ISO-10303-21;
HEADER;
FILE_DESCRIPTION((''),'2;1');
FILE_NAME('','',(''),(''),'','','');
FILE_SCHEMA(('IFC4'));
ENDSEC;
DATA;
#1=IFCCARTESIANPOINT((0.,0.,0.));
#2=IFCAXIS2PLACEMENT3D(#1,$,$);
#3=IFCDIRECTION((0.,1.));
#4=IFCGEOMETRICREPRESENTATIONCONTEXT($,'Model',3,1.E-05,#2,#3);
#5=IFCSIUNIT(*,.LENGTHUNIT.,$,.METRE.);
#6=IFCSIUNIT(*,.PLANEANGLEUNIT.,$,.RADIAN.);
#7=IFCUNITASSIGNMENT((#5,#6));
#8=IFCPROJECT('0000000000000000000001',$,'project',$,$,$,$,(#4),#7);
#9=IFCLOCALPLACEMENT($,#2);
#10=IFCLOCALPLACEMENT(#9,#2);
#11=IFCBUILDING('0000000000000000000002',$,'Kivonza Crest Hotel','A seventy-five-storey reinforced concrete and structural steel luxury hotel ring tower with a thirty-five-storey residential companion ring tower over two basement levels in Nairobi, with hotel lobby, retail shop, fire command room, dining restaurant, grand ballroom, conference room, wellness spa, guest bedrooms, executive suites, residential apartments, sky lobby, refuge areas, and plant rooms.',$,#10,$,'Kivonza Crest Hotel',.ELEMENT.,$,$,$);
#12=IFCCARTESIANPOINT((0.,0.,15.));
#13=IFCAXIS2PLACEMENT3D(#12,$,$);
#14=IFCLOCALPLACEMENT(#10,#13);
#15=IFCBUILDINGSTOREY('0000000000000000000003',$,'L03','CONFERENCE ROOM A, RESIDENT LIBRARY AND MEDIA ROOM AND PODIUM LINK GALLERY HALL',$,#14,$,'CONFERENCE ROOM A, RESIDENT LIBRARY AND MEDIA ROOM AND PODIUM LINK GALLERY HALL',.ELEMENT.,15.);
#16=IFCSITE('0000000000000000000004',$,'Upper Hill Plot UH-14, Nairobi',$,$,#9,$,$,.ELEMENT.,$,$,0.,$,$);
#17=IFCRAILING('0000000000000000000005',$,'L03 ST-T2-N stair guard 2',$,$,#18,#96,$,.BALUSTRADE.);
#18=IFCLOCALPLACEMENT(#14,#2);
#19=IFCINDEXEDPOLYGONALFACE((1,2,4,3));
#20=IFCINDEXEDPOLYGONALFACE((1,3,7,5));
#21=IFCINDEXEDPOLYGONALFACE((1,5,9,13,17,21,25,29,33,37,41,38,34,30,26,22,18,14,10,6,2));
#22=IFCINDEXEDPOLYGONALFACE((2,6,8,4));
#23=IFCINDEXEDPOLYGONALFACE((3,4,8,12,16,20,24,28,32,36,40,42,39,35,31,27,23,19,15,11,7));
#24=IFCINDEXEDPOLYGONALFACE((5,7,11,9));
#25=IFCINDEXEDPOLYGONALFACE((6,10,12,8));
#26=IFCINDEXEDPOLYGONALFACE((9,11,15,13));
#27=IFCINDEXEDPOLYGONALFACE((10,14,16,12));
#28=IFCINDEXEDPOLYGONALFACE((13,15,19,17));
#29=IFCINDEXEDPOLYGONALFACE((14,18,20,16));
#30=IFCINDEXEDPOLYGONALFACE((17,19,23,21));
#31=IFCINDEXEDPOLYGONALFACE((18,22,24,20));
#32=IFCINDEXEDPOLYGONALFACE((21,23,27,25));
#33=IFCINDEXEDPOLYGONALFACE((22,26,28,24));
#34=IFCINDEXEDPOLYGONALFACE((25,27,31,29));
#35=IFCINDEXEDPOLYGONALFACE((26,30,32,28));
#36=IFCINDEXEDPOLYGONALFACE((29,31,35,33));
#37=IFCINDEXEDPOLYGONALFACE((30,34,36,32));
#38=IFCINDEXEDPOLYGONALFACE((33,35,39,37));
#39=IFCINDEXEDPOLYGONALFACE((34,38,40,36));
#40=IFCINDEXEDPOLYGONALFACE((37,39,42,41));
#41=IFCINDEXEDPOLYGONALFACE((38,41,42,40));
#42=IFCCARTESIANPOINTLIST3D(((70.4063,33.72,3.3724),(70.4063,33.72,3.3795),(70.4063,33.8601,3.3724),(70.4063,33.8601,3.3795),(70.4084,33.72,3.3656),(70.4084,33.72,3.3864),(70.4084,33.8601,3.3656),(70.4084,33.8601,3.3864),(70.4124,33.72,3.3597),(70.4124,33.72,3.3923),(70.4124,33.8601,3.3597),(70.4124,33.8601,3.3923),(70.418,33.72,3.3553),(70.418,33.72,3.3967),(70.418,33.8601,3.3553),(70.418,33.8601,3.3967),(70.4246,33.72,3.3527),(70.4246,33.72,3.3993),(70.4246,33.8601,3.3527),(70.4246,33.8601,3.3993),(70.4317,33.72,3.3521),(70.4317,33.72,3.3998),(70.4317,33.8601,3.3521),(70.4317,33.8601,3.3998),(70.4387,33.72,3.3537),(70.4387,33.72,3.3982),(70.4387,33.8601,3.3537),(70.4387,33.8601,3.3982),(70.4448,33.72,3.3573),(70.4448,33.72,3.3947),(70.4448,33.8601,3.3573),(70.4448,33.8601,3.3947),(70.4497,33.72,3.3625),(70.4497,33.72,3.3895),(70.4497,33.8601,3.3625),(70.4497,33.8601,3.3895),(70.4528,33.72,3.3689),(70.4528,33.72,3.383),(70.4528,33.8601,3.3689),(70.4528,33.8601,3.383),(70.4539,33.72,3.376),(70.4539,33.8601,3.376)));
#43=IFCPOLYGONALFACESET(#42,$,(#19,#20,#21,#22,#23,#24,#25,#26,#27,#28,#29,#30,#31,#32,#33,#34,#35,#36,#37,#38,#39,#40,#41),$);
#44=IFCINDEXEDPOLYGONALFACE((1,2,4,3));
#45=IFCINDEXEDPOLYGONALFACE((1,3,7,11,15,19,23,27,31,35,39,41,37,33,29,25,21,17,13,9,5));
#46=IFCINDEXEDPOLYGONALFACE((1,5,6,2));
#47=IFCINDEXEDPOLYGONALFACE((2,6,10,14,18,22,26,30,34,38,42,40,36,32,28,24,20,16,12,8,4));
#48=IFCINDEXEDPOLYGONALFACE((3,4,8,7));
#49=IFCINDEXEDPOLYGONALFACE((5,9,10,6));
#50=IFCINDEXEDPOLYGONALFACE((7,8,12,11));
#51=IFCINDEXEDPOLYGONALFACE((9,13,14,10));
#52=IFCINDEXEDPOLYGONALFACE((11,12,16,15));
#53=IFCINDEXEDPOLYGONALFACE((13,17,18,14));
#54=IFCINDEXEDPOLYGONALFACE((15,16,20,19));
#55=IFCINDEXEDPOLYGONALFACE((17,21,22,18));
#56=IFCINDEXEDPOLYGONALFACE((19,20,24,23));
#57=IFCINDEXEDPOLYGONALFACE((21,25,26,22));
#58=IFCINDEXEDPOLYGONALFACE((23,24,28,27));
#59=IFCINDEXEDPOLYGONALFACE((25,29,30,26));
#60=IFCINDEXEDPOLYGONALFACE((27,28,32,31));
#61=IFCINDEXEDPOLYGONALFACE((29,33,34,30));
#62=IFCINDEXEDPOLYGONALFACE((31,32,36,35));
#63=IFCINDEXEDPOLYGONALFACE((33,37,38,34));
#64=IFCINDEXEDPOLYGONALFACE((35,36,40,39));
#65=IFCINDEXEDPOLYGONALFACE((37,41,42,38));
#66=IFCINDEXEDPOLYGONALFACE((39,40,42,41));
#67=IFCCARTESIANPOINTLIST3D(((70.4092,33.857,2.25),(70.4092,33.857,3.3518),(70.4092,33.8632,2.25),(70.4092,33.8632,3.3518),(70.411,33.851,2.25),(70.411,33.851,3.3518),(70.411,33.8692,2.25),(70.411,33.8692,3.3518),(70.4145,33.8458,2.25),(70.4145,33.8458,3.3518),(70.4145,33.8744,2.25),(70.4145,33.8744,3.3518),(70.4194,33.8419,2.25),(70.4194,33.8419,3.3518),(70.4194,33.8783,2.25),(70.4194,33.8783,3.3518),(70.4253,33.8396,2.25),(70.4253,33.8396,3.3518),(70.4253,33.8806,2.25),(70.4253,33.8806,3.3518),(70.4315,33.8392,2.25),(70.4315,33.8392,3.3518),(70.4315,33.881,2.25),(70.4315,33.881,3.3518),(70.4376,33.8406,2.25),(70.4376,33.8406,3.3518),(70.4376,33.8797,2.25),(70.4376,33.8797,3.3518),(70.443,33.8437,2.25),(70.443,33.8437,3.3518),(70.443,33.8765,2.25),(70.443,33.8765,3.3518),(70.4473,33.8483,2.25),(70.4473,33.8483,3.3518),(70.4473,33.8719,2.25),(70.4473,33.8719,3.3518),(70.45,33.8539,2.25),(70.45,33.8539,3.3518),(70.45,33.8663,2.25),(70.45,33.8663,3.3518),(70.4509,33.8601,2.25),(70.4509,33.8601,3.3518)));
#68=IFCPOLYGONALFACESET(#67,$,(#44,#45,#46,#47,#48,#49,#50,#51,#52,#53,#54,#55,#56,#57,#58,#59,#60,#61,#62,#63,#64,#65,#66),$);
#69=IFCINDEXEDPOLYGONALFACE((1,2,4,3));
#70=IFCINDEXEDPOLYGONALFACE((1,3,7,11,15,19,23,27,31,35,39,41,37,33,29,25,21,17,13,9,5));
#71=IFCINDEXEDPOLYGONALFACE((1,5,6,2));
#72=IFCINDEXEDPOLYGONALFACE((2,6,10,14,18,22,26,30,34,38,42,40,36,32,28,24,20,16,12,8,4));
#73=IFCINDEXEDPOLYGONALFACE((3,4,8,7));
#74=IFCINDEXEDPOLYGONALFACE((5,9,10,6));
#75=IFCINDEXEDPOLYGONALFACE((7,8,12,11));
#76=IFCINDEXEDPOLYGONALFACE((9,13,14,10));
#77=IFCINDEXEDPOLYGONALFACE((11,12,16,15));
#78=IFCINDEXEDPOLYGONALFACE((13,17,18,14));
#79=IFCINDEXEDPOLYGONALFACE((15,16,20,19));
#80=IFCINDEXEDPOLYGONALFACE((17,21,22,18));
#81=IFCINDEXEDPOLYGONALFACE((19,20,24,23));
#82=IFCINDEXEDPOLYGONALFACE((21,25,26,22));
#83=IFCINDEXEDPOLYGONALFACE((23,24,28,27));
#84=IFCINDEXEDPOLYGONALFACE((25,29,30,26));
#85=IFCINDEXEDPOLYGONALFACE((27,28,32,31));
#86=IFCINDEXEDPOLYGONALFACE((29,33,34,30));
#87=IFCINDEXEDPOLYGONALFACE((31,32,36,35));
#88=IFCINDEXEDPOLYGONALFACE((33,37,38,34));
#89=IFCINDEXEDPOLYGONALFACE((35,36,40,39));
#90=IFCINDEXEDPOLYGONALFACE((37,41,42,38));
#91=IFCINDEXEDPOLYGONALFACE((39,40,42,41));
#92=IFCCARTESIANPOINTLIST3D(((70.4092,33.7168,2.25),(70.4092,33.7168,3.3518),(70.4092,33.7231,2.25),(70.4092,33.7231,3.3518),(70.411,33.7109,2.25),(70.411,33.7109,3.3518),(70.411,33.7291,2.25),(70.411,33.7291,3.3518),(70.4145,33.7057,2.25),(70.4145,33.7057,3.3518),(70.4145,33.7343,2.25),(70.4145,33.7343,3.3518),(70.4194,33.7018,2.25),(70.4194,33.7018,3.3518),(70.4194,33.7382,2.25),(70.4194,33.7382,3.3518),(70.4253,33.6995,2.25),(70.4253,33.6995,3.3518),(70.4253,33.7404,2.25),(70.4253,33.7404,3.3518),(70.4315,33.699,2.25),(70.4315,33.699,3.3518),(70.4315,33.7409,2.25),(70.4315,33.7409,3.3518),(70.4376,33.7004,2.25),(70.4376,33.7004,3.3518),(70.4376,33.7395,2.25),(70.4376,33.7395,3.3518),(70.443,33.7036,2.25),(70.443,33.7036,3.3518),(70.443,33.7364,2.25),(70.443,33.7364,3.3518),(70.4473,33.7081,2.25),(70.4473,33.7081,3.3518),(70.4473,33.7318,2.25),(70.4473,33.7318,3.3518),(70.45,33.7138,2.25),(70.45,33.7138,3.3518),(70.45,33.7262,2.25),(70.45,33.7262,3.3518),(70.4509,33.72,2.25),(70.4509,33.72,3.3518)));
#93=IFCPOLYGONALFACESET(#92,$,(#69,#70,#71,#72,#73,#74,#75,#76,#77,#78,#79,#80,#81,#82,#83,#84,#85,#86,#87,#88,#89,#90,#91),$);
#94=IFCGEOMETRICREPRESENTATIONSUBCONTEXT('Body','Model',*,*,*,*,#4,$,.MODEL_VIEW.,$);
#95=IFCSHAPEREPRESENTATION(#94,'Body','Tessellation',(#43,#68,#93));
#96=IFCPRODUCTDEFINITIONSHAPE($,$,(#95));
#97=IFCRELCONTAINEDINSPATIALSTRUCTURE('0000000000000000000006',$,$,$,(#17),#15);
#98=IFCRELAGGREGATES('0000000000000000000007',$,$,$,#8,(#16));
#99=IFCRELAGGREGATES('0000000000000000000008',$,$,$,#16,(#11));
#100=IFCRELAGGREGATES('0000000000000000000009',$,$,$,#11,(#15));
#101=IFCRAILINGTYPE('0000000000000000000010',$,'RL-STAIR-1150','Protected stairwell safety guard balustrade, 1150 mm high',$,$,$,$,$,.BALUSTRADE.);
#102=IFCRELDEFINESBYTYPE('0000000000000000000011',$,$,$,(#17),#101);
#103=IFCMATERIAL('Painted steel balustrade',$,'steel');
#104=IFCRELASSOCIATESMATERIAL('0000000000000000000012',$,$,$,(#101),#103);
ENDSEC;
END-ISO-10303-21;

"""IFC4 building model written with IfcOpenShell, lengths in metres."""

from ifc_helpers import new_model, si_unit, direction, frame, origin, origin_2d, place, context, subcontext, project, spatial, circle, extrude, material, type_object, element, save


model = new_model("IFC4")

# Units and contexts
model_context = context("Model", 3, precision=1e-05, world=origin(), true_north=direction((0.0, 1.0)))
body_context = subcontext(model_context, "Body", "Model", "MODEL_VIEW")
ifc_project = project(units=[si_unit("LENGTHUNIT", "METRE"), si_unit("PLANEANGLEUNIT", "RADIAN")], contexts=[model_context])

# Site, building, storey
site_placement = place(None, origin())
site = spatial("IfcSite", under=ifc_project, at=site_placement, Name="Upper Hill Plot UH-14, Nairobi", CompositionType="ELEMENT", RefElevation=0.0)
building_placement = place(site_placement, origin())
building = spatial("IfcBuilding", under=site, at=building_placement, Name="Kivonza Crest Hotel", Description="A seventy-five-storey reinforced concrete and structural steel luxury hotel ring tower with a thirty-five-storey residential companion ring tower over two basement levels in Nairobi, with hotel lobby, retail shop, fire command room, dining restaurant, grand ballroom, conference room, wellness spa, guest bedrooms, executive suites, residential apartments, sky lobby, refuge areas, and plant rooms.", LongName="Kivonza Crest Hotel", CompositionType="ELEMENT")
storey_placement = place(building_placement, frame((0.0, 0.0, 15.0)))
storey = spatial("IfcBuildingStorey", under=building, at=storey_placement, Name="L03", Description="CONFERENCE ROOM A, RESIDENT LIBRARY AND MEDIA ROOM AND PODIUM LINK GALLERY HALL", LongName="CONFERENCE ROOM A, RESIDENT LIBRARY AND MEDIA ROOM AND PODIUM LINK GALLERY HALL", CompositionType="ELEMENT", Elevation=15.0)

# Railing
ifc_material_1 = material(Name="Painted steel balustrade", Category="steel")
railing_type_1 = type_object("IfcRailingType", Name="RL-STAIR-1150", Description="Protected stairwell safety guard balustrade, 1150 mm high", PredefinedType="BALUSTRADE", material=ifc_material_1)
railing_1_placement = place(storey_placement, frame((70.4299, 33.8601, 2.25)))
element("IfcRailing", 1, at=railing_1_placement, inside=storey, type_object=railing_type_1, Name="L03 ST-T2-N stair guard 2", PredefinedType="BALUSTRADE", context=body_context, shape_type="SweptSolid", body=[
    extrude(circle(Radius=0.0239, at=origin_2d()), frame((0.0, 0.0, 1.126), z_axis=(0.0, -1.0, 0.0), x_axis=(1.0, 0.0, 0.0)), (0.0, 0.0, 1.0), 0.1401),
    extrude(circle(Radius=0.021, at=origin_2d()), origin(), (0.0, 0.0, 1.0), 1.1018),
    extrude(circle(Radius=0.021, at=origin_2d()), frame((0.0, -0.1401, 0.0)), (0.0, 0.0, 1.0), 1.1018),
])

save(model, "model.ifc")
